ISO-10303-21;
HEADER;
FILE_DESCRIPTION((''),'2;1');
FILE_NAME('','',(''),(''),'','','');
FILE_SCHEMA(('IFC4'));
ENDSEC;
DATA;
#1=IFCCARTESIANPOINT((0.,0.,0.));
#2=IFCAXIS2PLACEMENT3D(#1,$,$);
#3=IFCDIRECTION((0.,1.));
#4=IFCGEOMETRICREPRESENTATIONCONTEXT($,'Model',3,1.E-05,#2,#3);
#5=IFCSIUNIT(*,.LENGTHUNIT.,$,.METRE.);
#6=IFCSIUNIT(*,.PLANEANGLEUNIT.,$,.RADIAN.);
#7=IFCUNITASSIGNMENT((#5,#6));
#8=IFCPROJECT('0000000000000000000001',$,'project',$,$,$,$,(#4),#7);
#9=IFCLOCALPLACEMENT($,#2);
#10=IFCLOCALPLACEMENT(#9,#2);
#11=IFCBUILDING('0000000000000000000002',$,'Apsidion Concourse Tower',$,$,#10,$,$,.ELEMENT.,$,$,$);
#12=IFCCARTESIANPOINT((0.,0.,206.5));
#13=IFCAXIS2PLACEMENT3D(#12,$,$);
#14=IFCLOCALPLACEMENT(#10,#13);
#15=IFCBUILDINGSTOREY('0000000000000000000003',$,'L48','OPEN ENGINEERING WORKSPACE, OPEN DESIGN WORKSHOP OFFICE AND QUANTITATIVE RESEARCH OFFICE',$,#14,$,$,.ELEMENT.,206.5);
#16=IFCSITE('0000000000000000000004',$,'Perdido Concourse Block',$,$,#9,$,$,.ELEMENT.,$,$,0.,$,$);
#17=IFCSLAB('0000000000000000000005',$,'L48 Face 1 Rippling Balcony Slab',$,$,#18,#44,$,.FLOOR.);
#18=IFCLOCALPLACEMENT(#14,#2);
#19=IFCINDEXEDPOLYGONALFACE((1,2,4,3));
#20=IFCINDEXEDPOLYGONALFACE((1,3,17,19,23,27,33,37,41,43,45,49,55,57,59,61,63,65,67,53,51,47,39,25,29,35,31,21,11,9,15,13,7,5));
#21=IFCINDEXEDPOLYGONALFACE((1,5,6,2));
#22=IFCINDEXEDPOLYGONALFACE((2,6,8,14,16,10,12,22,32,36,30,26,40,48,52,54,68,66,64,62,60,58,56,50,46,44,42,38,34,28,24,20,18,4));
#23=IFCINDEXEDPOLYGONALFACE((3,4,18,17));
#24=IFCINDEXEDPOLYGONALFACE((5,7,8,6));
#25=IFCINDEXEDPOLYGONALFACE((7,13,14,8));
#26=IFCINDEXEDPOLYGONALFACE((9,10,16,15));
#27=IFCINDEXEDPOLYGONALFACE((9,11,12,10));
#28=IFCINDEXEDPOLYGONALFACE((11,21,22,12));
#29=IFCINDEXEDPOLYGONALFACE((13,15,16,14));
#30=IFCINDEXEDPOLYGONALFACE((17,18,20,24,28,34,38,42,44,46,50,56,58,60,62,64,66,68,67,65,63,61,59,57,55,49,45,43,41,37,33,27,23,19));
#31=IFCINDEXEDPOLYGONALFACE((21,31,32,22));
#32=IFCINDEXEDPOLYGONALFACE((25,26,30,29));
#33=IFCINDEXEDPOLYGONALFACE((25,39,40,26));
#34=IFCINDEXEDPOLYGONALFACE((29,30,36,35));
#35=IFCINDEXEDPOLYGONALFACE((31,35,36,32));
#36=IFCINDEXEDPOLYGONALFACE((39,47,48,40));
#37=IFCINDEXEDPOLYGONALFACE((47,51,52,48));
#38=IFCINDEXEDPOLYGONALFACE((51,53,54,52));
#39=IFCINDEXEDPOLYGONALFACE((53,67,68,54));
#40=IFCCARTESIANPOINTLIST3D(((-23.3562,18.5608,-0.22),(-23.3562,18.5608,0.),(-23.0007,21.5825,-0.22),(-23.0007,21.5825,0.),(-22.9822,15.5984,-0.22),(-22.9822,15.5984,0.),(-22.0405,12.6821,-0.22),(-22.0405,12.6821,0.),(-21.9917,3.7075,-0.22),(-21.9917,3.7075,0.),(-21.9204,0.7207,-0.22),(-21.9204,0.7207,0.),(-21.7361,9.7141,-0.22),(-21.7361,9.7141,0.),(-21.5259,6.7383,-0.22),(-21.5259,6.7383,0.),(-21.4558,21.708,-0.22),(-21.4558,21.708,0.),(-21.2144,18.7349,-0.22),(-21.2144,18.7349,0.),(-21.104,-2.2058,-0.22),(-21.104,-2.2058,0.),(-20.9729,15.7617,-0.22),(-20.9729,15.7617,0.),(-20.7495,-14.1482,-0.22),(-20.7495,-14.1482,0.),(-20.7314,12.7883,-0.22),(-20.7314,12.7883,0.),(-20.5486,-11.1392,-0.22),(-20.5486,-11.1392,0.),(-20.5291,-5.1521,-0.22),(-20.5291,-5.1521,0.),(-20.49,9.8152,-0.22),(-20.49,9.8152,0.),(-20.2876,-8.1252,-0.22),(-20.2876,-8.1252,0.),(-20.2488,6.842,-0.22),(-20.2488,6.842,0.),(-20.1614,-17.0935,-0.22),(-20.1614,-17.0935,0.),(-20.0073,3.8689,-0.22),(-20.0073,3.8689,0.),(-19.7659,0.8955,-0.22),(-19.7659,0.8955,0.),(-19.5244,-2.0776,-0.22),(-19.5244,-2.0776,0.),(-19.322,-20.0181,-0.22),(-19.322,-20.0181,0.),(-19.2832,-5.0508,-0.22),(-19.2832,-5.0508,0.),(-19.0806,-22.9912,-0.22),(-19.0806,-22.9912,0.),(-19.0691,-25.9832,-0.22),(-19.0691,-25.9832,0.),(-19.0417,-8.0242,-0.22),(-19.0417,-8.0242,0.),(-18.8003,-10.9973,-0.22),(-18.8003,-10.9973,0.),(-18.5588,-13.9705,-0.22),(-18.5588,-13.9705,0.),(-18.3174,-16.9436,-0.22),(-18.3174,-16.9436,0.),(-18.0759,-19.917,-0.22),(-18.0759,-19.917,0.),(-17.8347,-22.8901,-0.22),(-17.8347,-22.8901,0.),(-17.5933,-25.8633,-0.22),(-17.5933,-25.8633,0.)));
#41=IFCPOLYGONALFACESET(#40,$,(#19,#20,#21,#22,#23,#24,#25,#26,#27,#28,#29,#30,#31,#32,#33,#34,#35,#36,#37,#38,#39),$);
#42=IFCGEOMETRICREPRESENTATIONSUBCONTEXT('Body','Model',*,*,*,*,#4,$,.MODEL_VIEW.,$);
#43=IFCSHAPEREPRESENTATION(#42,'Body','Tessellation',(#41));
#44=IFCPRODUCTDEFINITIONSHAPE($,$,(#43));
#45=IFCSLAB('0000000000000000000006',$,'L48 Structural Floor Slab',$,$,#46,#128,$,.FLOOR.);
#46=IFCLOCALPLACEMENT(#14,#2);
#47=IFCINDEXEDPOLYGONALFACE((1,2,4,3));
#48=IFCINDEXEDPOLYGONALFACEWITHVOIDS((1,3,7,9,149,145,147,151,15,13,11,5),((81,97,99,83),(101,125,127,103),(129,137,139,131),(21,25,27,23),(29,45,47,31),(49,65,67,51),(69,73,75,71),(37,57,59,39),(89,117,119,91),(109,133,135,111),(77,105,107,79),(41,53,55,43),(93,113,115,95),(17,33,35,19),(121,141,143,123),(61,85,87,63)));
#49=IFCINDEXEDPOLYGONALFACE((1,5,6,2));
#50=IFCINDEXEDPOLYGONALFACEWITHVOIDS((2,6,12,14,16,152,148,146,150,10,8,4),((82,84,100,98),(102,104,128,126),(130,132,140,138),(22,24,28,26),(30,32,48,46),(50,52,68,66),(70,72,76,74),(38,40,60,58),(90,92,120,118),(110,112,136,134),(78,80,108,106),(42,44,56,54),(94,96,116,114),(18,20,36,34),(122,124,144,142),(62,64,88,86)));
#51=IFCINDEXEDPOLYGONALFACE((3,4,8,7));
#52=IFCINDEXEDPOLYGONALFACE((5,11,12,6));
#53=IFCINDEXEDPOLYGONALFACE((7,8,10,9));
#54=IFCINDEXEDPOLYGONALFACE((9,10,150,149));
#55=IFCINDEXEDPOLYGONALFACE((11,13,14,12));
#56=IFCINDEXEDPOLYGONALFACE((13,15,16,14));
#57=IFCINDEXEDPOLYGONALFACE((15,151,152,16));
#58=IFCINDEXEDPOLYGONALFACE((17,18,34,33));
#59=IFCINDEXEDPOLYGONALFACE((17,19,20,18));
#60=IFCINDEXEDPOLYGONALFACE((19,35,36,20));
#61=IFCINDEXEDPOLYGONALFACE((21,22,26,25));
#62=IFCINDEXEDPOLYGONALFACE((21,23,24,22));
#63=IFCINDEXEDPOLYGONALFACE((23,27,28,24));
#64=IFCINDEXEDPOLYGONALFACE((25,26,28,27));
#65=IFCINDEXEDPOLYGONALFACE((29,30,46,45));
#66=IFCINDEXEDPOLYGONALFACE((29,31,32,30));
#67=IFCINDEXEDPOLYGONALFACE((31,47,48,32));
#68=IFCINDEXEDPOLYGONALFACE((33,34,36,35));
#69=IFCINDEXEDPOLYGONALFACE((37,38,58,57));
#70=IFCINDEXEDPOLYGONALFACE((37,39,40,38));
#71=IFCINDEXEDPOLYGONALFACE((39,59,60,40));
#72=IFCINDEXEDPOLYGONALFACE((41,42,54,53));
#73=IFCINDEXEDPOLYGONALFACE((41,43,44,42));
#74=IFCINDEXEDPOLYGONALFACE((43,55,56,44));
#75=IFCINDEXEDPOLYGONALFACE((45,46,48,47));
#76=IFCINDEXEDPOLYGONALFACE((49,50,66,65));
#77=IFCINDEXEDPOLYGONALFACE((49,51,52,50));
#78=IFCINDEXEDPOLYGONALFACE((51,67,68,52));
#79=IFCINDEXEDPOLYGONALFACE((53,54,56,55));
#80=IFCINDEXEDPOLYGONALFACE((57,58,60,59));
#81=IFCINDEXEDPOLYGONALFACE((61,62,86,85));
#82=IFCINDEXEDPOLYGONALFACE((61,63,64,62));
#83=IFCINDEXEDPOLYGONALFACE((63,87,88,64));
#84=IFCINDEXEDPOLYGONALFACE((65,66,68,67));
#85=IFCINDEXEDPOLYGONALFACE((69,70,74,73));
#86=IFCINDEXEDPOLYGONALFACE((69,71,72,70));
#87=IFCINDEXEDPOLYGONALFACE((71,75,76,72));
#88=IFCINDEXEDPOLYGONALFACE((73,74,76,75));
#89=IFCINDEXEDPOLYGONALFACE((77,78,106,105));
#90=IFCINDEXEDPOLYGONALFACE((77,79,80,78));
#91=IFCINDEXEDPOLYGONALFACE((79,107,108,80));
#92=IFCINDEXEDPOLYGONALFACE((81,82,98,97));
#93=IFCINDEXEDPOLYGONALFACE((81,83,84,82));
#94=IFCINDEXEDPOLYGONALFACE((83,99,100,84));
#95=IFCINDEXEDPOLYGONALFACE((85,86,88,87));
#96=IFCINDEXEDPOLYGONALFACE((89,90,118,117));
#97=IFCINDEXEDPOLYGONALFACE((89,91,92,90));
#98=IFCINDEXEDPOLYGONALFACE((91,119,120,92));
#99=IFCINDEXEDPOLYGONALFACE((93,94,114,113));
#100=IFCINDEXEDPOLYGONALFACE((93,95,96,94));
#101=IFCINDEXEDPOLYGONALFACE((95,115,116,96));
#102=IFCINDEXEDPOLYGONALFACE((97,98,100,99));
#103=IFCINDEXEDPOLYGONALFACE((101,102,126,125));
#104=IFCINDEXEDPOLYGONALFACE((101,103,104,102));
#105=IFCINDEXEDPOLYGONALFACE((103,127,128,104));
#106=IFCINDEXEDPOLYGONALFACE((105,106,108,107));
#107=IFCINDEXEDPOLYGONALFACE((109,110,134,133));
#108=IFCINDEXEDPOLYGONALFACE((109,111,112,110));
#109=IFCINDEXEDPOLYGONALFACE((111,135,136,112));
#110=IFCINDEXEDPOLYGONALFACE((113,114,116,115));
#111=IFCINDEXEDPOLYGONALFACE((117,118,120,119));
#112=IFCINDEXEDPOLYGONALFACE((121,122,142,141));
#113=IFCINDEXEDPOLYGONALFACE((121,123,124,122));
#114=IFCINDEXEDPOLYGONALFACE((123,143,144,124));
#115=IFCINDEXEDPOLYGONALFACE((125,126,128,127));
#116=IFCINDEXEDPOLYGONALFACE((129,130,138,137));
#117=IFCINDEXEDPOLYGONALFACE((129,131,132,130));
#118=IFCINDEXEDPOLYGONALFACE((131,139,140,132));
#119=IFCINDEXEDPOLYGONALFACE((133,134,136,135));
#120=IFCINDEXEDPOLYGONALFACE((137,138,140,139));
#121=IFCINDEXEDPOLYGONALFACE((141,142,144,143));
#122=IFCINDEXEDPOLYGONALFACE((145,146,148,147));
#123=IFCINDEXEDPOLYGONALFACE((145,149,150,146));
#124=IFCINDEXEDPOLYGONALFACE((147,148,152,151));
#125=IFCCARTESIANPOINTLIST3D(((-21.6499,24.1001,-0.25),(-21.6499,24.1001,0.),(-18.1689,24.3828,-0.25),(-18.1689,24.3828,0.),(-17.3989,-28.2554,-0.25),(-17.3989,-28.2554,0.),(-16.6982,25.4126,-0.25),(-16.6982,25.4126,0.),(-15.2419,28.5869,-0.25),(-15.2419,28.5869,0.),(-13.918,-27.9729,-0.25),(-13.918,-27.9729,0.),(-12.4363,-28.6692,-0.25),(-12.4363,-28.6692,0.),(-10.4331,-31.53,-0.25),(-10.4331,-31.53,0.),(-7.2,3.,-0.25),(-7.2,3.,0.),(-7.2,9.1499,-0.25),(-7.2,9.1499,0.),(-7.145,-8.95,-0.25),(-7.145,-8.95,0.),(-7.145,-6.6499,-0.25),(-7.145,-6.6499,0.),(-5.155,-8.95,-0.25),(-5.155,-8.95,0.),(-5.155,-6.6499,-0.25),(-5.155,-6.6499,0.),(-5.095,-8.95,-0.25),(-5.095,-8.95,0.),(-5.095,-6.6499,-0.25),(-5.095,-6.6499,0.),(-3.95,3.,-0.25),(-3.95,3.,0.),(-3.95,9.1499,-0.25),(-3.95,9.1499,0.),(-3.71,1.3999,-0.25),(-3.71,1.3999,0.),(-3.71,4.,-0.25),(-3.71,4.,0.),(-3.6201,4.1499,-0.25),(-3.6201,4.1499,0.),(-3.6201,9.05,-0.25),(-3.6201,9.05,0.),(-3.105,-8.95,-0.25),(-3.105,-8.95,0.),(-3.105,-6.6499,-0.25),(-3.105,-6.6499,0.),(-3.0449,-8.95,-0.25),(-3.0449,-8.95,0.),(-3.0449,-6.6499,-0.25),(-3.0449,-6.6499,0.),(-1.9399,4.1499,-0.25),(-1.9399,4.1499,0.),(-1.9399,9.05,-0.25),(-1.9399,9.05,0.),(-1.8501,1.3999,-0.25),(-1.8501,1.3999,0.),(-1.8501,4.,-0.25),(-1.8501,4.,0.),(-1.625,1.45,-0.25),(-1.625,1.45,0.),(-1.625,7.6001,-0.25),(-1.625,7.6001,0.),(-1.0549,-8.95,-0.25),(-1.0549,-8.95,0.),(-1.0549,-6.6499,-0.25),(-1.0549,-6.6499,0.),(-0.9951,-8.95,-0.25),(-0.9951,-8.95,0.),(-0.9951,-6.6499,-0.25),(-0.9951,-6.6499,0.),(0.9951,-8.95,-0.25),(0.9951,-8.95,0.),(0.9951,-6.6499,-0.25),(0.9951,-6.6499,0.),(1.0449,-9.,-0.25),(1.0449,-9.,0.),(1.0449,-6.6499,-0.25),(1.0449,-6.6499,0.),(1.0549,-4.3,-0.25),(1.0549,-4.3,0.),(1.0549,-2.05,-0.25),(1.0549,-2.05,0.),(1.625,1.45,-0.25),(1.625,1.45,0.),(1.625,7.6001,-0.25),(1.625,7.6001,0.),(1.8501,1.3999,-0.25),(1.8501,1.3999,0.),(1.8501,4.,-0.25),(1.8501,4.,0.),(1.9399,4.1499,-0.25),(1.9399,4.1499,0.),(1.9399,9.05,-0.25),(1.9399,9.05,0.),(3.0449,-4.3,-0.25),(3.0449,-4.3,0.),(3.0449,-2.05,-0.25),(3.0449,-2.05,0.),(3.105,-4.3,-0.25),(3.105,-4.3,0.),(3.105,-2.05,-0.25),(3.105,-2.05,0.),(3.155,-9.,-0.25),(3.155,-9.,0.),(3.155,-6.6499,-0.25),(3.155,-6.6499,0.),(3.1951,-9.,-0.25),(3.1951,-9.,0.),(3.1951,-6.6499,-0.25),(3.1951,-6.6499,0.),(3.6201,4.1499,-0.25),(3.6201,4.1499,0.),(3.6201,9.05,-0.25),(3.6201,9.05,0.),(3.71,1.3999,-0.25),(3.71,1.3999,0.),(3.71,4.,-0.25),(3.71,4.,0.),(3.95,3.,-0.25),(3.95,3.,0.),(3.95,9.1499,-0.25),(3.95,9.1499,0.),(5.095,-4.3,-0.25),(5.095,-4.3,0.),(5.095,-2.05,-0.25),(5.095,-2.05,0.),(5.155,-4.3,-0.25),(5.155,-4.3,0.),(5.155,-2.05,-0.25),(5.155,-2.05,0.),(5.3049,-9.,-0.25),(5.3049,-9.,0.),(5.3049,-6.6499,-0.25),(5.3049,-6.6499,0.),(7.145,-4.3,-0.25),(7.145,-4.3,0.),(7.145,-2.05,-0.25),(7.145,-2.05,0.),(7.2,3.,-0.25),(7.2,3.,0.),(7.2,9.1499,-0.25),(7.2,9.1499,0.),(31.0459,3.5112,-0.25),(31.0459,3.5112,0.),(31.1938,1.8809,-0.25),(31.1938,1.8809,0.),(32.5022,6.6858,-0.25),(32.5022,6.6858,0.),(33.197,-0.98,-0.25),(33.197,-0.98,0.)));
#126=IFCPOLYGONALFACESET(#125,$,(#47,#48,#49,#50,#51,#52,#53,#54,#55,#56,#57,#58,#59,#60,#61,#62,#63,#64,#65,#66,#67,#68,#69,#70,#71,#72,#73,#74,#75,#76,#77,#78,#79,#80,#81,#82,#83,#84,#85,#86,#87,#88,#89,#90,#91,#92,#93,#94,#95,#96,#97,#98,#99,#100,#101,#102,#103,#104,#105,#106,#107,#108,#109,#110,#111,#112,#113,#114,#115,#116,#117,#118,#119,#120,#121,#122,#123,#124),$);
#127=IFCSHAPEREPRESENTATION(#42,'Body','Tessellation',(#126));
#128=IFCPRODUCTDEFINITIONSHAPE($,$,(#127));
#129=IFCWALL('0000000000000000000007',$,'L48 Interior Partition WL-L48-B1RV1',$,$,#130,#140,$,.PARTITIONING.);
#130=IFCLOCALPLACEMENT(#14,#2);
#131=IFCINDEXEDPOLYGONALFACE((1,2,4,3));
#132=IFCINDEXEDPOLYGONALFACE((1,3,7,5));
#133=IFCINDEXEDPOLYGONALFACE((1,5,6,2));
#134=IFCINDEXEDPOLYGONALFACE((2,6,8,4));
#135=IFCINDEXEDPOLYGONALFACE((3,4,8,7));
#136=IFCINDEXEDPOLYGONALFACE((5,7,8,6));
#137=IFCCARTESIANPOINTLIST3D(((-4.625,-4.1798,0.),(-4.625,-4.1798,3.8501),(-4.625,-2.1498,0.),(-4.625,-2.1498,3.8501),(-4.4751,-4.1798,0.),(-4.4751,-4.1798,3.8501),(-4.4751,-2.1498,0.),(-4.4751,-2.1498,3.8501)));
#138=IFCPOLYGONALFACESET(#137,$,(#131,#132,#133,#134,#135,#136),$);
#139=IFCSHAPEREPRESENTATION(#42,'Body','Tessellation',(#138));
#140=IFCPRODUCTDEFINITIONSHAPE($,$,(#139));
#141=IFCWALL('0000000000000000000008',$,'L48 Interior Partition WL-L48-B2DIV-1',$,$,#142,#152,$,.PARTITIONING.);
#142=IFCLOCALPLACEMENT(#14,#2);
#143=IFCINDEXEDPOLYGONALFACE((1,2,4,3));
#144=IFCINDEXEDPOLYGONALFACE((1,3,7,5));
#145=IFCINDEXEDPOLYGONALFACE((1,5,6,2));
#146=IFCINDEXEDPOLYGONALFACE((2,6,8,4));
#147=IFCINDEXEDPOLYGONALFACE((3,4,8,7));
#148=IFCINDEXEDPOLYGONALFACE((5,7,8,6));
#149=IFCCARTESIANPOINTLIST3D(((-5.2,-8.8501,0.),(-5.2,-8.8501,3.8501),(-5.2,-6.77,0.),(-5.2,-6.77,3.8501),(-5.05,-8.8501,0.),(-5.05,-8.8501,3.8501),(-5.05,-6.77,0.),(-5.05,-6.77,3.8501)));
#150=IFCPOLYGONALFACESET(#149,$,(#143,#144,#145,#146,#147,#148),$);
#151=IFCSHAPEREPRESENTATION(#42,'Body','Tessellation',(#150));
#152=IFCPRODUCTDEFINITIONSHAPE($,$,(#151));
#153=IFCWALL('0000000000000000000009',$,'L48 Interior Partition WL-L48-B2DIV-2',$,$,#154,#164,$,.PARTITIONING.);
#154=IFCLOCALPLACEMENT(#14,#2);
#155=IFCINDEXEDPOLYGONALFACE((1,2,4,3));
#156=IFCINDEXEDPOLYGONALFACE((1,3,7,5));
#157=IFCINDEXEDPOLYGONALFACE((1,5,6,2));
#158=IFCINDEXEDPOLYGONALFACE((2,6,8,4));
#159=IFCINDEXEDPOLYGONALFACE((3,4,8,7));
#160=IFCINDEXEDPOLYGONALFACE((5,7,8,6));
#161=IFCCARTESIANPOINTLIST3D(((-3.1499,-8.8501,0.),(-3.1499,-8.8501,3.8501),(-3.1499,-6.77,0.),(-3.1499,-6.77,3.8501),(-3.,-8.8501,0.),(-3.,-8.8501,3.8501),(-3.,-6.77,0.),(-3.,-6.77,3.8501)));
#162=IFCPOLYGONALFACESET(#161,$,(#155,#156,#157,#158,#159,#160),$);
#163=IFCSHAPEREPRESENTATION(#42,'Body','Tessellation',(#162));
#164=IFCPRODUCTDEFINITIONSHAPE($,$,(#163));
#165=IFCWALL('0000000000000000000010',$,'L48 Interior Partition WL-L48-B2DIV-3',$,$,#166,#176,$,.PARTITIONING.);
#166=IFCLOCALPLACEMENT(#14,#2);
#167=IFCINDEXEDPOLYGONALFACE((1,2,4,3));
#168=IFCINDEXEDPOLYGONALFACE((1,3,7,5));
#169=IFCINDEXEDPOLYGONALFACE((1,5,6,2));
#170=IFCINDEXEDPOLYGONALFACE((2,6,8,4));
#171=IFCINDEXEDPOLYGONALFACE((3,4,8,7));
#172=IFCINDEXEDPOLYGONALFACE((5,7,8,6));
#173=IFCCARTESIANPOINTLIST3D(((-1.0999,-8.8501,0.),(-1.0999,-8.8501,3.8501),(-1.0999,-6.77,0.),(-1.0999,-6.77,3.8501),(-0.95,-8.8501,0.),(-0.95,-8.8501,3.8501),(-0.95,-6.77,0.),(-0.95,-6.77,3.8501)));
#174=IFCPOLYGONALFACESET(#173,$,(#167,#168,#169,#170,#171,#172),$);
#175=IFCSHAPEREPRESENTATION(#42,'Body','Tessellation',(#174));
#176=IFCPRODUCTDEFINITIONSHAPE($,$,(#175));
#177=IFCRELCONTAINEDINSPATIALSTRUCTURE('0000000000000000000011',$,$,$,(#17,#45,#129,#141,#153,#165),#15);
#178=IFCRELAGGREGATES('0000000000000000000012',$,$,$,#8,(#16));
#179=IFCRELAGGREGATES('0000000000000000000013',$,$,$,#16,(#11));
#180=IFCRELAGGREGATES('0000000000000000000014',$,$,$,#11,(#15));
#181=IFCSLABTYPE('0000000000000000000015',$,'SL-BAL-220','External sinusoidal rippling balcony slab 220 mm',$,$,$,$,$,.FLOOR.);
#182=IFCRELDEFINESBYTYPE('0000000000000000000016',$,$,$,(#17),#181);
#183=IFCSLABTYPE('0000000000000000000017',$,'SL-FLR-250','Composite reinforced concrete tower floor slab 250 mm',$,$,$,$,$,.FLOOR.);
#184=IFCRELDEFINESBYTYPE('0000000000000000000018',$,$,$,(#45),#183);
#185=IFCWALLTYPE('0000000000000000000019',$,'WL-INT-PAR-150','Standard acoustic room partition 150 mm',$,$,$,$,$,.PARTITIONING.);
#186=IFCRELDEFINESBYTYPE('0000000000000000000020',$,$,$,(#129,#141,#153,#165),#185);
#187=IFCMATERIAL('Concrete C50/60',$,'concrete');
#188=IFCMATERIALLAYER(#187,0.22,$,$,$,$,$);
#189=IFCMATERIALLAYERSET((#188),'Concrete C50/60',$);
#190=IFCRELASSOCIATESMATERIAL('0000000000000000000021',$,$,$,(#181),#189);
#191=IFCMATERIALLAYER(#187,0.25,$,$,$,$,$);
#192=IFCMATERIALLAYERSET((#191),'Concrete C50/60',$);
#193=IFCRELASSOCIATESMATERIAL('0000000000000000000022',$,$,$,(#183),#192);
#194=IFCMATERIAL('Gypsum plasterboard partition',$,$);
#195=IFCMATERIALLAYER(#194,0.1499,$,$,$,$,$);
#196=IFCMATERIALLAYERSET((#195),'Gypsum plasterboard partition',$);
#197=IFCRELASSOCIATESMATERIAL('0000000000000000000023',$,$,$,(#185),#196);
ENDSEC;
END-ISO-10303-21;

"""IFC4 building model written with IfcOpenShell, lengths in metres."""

from ifc_helpers import new_model, si_unit, direction, frame, frame_2d, origin, place, context, subcontext, project, spatial, polyline, rectangle, outline, extrude, material, layer, layer_set, type_object, element, save


model = new_model("IFC4")

# Units and contexts
model_context = context("Model", 3, precision=1e-05, world=origin(), true_north=direction((0.0, 1.0)))
body_context = subcontext(model_context, "Body", "Model", "MODEL_VIEW")
ifc_project = project(units=[si_unit("LENGTHUNIT", "METRE"), si_unit("PLANEANGLEUNIT", "RADIAN")], contexts=[model_context])

# Site, building, storey
site_placement = place(None, origin())
site = spatial("IfcSite", under=ifc_project, at=site_placement, Name="Perdido Concourse Block", CompositionType="ELEMENT", RefElevation=0.0)
building_placement = place(site_placement, origin())
building = spatial("IfcBuilding", under=site, at=building_placement, Name="Apsidion Concourse Tower", CompositionType="ELEMENT")
storey_placement = place(building_placement, frame((0.0, 0.0, 206.5)))
storey = spatial("IfcBuildingStorey", under=building, at=storey_placement, Name="L48", Description="OPEN ENGINEERING WORKSPACE, OPEN DESIGN WORKSHOP OFFICE AND QUANTITATIVE RESEARCH OFFICE", CompositionType="ELEMENT", Elevation=206.5)

# Slabs
ifc_material_1 = material(Name="Concrete C50/60", Category="concrete")
ifc_layer_1 = layer(ifc_material_1, 0.22)
ifc_layer_set_1 = layer_set([ifc_layer_1], Name="Concrete C50/60")
slab_type_1 = type_object("IfcSlabType", Name="SL-BAL-220", Description="External sinusoidal rippling balcony slab 220 mm", PredefinedType="FLOOR", material=ifc_layer_set_1)
slab_1_placement = place(storey_placement, frame((0.0, 0.0, -0.22)))
element("IfcSlab", 1, at=slab_1_placement, inside=storey, type_object=slab_type_1, Name="L48 Face 1 Rippling Balcony Slab", PredefinedType="FLOOR", context=body_context, shape_type="SweptSolid", body=[
    extrude(outline(polyline([(-21.4558, 21.708), (-21.2144, 18.7349), (-20.9729, 15.7617), (-20.7314, 12.7883), (-20.49, 9.8152), (-20.2488, 6.842), (-20.0073, 3.8689), (-19.7659, 0.8955), (-19.5244, -2.0776), (-19.2832, -5.0508), (-19.0417, -8.0242), (-18.8003, -10.9973), (-18.5588, -13.9705), (-18.3174, -16.9436), (-18.0759, -19.917), (-17.8347, -22.8901), (-17.5933, -25.8633), (-19.0691, -25.9832), (-19.0806, -22.9912), (-19.322, -20.0181), (-20.1614, -17.0935), (-20.7495, -14.1482), (-20.5486, -11.1392), (-20.2876, -8.1252), (-20.5291, -5.1521), (-21.104, -2.2058), (-21.9204, 0.7207), (-21.9917, 3.7075), (-21.5259, 6.7383), (-21.7361, 9.7141), (-22.0405, 12.6821), (-22.9822, 15.5984), (-23.3562, 18.5608), (-23.0007, 21.5825), (-21.4558, 21.708)])), origin(), (0.0, 0.0, 1.0), 0.22),
])
ifc_layer_2 = layer(ifc_material_1, 0.25)
ifc_layer_set_2 = layer_set([ifc_layer_2], Name="Concrete C50/60")
slab_type_2 = type_object("IfcSlabType", Name="SL-FLR-250", Description="Composite reinforced concrete tower floor slab 250 mm", PredefinedType="FLOOR", material=ifc_layer_set_2)
slab_2_placement = place(storey_placement, frame((0.0, 0.0, -0.25)))
element("IfcSlab", 2, at=slab_2_placement, inside=storey, type_object=slab_type_2, Name="L48 Structural Floor Slab", PredefinedType="FLOOR", context=body_context, shape_type="SweptSolid", body=[
    extrude(outline(polyline([(-15.2419, 28.5869), (-16.6982, 25.4126), (-18.1689, 24.3828), (-21.6499, 24.1001), (-17.3989, -28.2554), (-13.918, -27.9729), (-12.4363, -28.6692), (-10.4331, -31.53), (33.197, -0.98), (31.1938, 1.8809), (31.0459, 3.5112), (32.5022, 6.6858), (-15.2419, 28.5869)]), holes=[polyline([(-3.95, 3.0), (-3.95, 9.1499), (-7.2, 9.1499), (-7.2, 3.0), (-3.95, 3.0)]), polyline([(7.2, 3.0), (7.2, 9.1499), (3.95, 9.1499), (3.95, 3.0), (7.2, 3.0)]), polyline([(-1.625, 7.6001), (-1.625, 1.45), (1.625, 1.45), (1.625, 7.6001), (-1.625, 7.6001)]), polyline([(1.0549, -4.3), (3.0449, -4.3), (3.0449, -2.05), (1.0549, -2.05), (1.0549, -4.3)]), polyline([(3.105, -4.3), (5.095, -4.3), (5.095, -2.05), (3.105, -2.05), (3.105, -4.3)]), polyline([(5.155, -4.3), (7.145, -4.3), (7.145, -2.05), (5.155, -2.05), (5.155, -4.3)]), polyline([(-7.145, -8.95), (-5.155, -8.95), (-5.155, -6.6499), (-7.145, -6.6499), (-7.145, -8.95)]), polyline([(-5.095, -8.95), (-3.105, -8.95), (-3.105, -6.6499), (-5.095, -6.6499), (-5.095, -8.95)]), polyline([(-3.0449, -8.95), (-1.0549, -8.95), (-1.0549, -6.6499), (-3.0449, -6.6499), (-3.0449, -8.95)]), polyline([(-0.9951, -8.95), (0.9951, -8.95), (0.9951, -6.6499), (-0.9951, -6.6499), (-0.9951, -8.95)]), polyline([(1.0449, -9.0), (3.155, -9.0), (3.155, -6.6499), (1.0449, -6.6499), (1.0449, -9.0)]), polyline([(3.1951, -9.0), (5.3049, -9.0), (5.3049, -6.6499), (3.1951, -6.6499), (3.1951, -9.0)]), polyline([(-3.71, 1.3999), (-1.8501, 1.3999), (-1.8501, 4.0), (-3.71, 4.0), (-3.71, 1.3999)]), polyline([(1.8501, 1.3999), (3.71, 1.3999), (3.71, 4.0), (1.8501, 4.0), (1.8501, 1.3999)]), polyline([(-3.6201, 4.1499), (-1.9399, 4.1499), (-1.9399, 9.05), (-3.6201, 9.05), (-3.6201, 4.1499)]), polyline([(1.9399, 4.1499), (3.6201, 4.1499), (3.6201, 9.05), (1.9399, 9.05), (1.9399, 4.1499)])]), origin(), (0.0, 0.0, 1.0), 0.25),
])

# Walls
ifc_material_2 = material(Name="Gypsum plasterboard partition")
ifc_layer_3 = layer(ifc_material_2, 0.1499)
ifc_layer_set_3 = layer_set([ifc_layer_3], Name="Gypsum plasterboard partition")
wall_type_1 = type_object("IfcWallType", Name="WL-INT-PAR-150", Description="Standard acoustic room partition 150 mm", PredefinedType="PARTITIONING", material=ifc_layer_set_3)
wall_1_placement = place(storey_placement, frame((-4.55, -4.1799, 0.0), z_axis=(0.0, 0.0, 1.0), x_axis=(0.0, 1.0, 0.0)))
element("IfcWall", 3, at=wall_1_placement, inside=storey, type_object=wall_type_1, Name="L48 Interior Partition WL-L48-B1RV1", PredefinedType="PARTITIONING", context=body_context, shape_type="SweptSolid", body=[
    extrude(rectangle(XDim=2.03, YDim=0.1499, at=frame_2d((1.0151, 0.0))), origin(), (0.0, 0.0, 1.0), 3.8501),
])
for number, where, z_axis, x_axis, name in (
    (4, (-5.125, -8.8501, 0.0), (0.0, 0.0, 1.0), (0.0, 1.0, 0.0), "L48 Interior Partition WL-L48-B2DIV-1"),
    (5, (-3.075, -8.8501, 0.0), (0.0, 0.0, 1.0), (0.0, 1.0, 0.0), "L48 Interior Partition WL-L48-B2DIV-2"),
    (6, (-1.0249, -8.8501, 0.0), (0.0, 0.0, 1.0), (0.0, 1.0, 0.0), "L48 Interior Partition WL-L48-B2DIV-3"),
):
    element("IfcWall", number, at=place(storey_placement, frame(where, z_axis=z_axis, x_axis=x_axis)), inside=storey, type_object=wall_type_1, Name=name, PredefinedType="PARTITIONING", context=body_context, shape_type="SweptSolid", body=[
        extrude(rectangle(XDim=2.0801, YDim=0.1499, at=frame_2d((1.04, 0.0))), origin(), (0.0, 0.0, 1.0), 3.8501),
    ])

save(model, "model.ifc")
